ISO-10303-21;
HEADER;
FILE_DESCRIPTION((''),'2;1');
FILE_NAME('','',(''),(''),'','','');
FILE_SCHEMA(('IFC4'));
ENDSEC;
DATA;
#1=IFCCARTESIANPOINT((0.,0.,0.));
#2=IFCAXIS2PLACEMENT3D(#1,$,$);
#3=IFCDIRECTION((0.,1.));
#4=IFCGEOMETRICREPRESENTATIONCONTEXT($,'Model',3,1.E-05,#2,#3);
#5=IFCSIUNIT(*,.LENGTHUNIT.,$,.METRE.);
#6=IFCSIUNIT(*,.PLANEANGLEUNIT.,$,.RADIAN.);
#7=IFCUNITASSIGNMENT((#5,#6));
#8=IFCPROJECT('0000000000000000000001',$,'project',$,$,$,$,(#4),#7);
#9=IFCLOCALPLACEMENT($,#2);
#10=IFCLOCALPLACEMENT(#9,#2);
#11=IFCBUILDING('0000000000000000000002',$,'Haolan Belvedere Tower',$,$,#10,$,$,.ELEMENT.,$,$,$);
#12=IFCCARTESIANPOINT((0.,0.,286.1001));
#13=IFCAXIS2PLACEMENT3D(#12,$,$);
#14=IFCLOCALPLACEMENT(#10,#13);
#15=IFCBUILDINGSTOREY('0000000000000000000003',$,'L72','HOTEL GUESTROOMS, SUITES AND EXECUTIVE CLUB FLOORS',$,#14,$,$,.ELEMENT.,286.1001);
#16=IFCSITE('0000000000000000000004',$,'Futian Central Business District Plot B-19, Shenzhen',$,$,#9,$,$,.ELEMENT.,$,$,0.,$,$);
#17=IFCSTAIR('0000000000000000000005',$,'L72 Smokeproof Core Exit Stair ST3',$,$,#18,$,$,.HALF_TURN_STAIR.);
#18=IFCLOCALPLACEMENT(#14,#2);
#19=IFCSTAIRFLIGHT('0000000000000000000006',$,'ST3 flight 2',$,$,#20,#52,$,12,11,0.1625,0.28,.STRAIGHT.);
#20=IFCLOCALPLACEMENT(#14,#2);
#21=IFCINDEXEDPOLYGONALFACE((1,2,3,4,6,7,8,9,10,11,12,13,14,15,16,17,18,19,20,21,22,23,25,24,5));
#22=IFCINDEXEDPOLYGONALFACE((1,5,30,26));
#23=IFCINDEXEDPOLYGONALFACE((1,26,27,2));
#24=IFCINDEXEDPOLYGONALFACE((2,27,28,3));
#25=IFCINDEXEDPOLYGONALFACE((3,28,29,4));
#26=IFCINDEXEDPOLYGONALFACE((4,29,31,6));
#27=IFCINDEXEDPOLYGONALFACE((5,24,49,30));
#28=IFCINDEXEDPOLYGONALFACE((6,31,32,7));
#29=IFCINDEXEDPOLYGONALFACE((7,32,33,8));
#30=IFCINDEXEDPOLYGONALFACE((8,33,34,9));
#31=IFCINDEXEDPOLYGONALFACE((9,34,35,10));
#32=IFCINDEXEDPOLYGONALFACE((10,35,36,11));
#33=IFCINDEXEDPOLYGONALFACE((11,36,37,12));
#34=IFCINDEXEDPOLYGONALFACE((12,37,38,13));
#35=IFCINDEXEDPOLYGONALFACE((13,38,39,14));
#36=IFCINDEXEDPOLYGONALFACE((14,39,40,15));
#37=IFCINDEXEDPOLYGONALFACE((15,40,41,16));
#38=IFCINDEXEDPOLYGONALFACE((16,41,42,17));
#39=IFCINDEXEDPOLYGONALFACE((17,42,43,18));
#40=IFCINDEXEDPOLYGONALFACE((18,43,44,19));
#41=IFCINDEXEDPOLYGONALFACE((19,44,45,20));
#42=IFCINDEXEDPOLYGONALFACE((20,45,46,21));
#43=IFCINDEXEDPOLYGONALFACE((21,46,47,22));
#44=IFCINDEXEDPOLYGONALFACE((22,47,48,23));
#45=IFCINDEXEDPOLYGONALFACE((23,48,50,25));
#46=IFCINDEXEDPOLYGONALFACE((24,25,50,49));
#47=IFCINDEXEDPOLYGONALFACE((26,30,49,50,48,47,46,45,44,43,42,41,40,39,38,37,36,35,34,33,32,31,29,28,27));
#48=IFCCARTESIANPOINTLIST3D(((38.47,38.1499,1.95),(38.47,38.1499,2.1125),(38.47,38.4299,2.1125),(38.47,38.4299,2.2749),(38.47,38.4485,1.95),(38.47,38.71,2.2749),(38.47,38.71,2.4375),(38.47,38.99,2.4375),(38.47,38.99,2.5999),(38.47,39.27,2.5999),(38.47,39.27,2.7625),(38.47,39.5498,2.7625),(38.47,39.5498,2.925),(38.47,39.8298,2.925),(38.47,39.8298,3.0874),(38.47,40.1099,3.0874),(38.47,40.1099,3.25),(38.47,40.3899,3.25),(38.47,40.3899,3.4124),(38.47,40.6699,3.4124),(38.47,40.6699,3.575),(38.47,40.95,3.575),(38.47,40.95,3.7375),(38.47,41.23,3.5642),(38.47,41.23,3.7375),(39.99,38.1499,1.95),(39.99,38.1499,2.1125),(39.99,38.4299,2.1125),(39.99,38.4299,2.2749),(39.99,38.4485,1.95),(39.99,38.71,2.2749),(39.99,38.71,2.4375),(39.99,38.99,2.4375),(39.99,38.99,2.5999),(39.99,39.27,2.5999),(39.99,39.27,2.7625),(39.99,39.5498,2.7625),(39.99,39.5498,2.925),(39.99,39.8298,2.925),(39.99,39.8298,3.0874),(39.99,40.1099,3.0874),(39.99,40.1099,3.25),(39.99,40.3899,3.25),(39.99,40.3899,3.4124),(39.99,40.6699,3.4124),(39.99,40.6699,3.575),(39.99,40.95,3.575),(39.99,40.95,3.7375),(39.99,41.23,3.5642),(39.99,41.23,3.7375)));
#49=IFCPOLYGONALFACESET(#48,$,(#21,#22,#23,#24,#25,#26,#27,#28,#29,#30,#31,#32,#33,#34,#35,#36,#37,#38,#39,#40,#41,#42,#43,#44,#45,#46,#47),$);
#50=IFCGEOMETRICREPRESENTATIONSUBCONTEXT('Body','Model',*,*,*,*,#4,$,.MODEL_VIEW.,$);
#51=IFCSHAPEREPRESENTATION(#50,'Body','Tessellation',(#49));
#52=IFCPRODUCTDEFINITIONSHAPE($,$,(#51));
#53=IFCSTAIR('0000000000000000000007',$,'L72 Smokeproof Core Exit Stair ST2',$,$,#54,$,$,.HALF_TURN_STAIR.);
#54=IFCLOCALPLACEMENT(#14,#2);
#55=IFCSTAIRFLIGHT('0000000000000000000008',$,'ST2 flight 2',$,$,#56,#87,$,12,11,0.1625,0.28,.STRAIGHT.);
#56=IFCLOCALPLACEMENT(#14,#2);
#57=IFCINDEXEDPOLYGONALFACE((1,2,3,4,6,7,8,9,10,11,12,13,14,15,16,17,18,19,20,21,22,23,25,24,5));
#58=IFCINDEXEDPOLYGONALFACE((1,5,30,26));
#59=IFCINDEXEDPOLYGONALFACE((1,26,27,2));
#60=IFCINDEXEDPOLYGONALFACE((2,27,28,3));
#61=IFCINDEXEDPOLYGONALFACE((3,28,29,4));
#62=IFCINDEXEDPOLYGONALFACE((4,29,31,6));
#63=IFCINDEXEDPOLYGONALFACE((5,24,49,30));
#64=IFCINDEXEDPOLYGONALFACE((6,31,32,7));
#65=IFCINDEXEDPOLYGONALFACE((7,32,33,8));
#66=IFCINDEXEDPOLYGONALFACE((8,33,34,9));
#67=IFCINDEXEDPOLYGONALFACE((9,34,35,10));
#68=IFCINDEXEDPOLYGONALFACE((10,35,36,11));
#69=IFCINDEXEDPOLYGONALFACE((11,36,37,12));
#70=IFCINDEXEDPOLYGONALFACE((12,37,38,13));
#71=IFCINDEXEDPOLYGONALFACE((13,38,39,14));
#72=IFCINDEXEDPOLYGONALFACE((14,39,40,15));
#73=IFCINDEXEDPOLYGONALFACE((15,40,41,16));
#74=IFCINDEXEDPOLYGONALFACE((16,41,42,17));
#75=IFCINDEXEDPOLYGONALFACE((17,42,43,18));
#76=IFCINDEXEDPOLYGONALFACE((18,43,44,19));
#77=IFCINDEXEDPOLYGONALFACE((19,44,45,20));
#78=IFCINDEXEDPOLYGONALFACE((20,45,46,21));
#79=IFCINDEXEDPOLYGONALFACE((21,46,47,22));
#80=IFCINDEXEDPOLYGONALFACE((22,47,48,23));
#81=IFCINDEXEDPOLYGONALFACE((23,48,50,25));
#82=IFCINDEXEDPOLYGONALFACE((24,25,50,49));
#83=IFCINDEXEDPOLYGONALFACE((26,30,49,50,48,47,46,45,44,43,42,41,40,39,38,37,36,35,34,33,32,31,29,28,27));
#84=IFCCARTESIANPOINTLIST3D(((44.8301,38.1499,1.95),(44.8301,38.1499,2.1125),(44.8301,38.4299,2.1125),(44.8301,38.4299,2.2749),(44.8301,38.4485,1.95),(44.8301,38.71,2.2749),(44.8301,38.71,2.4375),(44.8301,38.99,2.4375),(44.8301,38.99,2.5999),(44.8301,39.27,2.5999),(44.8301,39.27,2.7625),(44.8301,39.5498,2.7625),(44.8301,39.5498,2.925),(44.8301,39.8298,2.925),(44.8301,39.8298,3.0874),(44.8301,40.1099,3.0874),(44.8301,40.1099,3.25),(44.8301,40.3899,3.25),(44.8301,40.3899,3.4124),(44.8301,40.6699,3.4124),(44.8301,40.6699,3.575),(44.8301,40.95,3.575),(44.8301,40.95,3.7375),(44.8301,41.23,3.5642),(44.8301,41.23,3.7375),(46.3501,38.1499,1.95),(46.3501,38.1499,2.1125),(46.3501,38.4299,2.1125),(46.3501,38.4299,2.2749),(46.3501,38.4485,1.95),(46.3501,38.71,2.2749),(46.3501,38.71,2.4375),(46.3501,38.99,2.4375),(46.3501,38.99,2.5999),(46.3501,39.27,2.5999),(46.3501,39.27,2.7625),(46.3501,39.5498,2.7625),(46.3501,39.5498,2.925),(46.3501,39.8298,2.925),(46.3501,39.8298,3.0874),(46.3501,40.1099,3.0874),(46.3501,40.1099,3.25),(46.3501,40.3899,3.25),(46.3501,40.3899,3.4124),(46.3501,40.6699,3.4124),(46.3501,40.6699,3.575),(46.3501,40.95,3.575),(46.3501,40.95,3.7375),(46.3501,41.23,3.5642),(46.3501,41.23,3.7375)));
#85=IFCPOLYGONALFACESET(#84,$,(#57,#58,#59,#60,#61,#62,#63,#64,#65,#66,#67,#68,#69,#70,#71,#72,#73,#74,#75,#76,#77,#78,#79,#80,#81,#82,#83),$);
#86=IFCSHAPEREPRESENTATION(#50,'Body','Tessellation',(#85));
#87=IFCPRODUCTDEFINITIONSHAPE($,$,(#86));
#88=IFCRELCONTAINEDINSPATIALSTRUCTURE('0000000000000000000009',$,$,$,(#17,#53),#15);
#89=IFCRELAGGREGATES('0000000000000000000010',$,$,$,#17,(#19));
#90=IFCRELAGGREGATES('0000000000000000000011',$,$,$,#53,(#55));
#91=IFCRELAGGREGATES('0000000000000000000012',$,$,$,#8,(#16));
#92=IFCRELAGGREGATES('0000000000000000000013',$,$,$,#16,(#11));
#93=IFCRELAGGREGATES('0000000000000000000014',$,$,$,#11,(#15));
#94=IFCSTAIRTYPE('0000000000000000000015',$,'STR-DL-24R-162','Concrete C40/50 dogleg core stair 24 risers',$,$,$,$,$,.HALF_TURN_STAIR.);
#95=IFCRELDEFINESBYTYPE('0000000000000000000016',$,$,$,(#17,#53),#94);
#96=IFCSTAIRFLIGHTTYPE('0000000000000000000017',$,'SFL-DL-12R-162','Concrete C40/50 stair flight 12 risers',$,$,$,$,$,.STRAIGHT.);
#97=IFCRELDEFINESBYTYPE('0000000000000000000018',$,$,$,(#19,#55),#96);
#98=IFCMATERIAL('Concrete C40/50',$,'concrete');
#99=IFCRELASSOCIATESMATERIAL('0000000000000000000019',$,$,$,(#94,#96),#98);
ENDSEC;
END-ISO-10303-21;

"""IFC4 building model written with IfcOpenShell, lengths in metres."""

from ifc_helpers import new_model, si_unit, direction, frame, origin, place, context, subcontext, project, spatial, polyline, outline, extrude, material, type_object, element, aggregate, save


model = new_model("IFC4")

# Units and contexts
model_context = context("Model", 3, precision=1e-05, world=origin(), true_north=direction((0.0, 1.0)))
body_context = subcontext(model_context, "Body", "Model", "MODEL_VIEW")
ifc_project = project(units=[si_unit("LENGTHUNIT", "METRE"), si_unit("PLANEANGLEUNIT", "RADIAN")], contexts=[model_context])

# Site, building, storey
site_placement = place(None, origin())
site = spatial("IfcSite", under=ifc_project, at=site_placement, Name="Futian Central Business District Plot B-19, Shenzhen", CompositionType="ELEMENT", RefElevation=0.0)
building_placement = place(site_placement, origin())
building = spatial("IfcBuilding", under=site, at=building_placement, Name="Haolan Belvedere Tower", CompositionType="ELEMENT")
storey_placement = place(building_placement, frame((0.0, 0.0, 286.1001)))
storey = spatial("IfcBuildingStorey", under=building, at=storey_placement, Name="L72", Description="HOTEL GUESTROOMS, SUITES AND EXECUTIVE CLUB FLOORS", CompositionType="ELEMENT", Elevation=286.1001)

# Stairs, stair flights
ifc_material_1 = material(Name="Concrete C40/50", Category="concrete")
stair_type = type_object("IfcStairType", Name="STR-DL-24R-162", Description="Concrete C40/50 dogleg core stair 24 risers", PredefinedType="HALF_TURN_STAIR", material=ifc_material_1)
stair_1_placement = place(storey_placement, origin())
stair_1 = element("IfcStair", 1, at=stair_1_placement, inside=storey, type_object=stair_type, Name="L72 Smokeproof Core Exit Stair ST3", PredefinedType="HALF_TURN_STAIR")
stair_flight_type = type_object("IfcStairFlightType", Name="SFL-DL-12R-162", Description="Concrete C40/50 stair flight 12 risers", PredefinedType="STRAIGHT", material=ifc_material_1)
stair_flight_1_placement = place(storey_placement, frame((39.23, 38.1499, 1.95), z_axis=(0.0, 0.0, 1.0), x_axis=(0.0, 1.0, 0.0)))
stair_flight_1 = element("IfcStairFlight", 2, at=stair_flight_1_placement, type_object=stair_flight_type, Name="ST3 flight 2", NumberOfRisers=12, NumberOfTreads=11, PredefinedType="STRAIGHT", RiserHeight=0.1625, TreadLength=0.28, context=body_context, shape_type="SweptSolid", body=[
    extrude(outline(polyline([(0.0, 0.0), (0.0, 0.1626), (0.28, 0.1626), (0.28, 0.325), (0.5601, 0.325), (0.5601, 0.4875), (0.8401, 0.4875), (0.8401, 0.6499), (1.1201, 0.6499), (1.1201, 0.8125), (1.3999, 0.8125), (1.3999, 0.9751), (1.6799, 0.9751), (1.6799, 1.1375), (1.96, 1.1375), (1.96, 1.3), (2.24, 1.3), (2.24, 1.4624), (2.52, 1.4624), (2.52, 1.625), (2.8, 1.625), (2.8, 1.7876), (3.0801, 1.7876), (3.0801, 1.95), (3.0801, 1.6143), (0.2986, 0.0), (0.0, 0.0)])), frame((0.0, 0.76, 0.0), z_axis=(0.0, -1.0, 0.0), x_axis=(1.0, 0.0, 0.0)), (0.0, 0.0, 1.0), 1.52),
])
aggregate(stair_1, [stair_flight_1])
stair_2_placement = place(storey_placement, origin())
stair_2 = element("IfcStair", 3, at=stair_2_placement, inside=storey, type_object=stair_type, Name="L72 Smokeproof Core Exit Stair ST2", PredefinedType="HALF_TURN_STAIR")
stair_flight_2_placement = place(storey_placement, frame((45.5901, 38.1499, 1.95), z_axis=(0.0, 0.0, 1.0), x_axis=(0.0, 1.0, 0.0)))
stair_flight_2 = element("IfcStairFlight", 4, at=stair_flight_2_placement, type_object=stair_flight_type, Name="ST2 flight 2", NumberOfRisers=12, NumberOfTreads=11, PredefinedType="STRAIGHT", RiserHeight=0.1625, TreadLength=0.28, context=body_context, shape_type="SweptSolid", body=[
    extrude(outline(polyline([(0.0, 0.0), (0.0, 0.1626), (0.28, 0.1626), (0.28, 0.325), (0.5601, 0.325), (0.5601, 0.4875), (0.8401, 0.4875), (0.8401, 0.6499), (1.1201, 0.6499), (1.1201, 0.8125), (1.3999, 0.8125), (1.3999, 0.9751), (1.6799, 0.9751), (1.6799, 1.1375), (1.96, 1.1375), (1.96, 1.3), (2.24, 1.3), (2.24, 1.4624), (2.52, 1.4624), (2.52, 1.625), (2.8, 1.625), (2.8, 1.7876), (3.0801, 1.7876), (3.0801, 1.95), (3.0801, 1.6143), (0.2986, 0.0), (0.0, 0.0)])), frame((0.0, 0.76, 0.0), z_axis=(0.0, -1.0, 0.0), x_axis=(1.0, 0.0, 0.0)), (0.0, 0.0, 1.0), 1.52),
])
aggregate(stair_2, [stair_flight_2])

save(model, "model.ifc")
